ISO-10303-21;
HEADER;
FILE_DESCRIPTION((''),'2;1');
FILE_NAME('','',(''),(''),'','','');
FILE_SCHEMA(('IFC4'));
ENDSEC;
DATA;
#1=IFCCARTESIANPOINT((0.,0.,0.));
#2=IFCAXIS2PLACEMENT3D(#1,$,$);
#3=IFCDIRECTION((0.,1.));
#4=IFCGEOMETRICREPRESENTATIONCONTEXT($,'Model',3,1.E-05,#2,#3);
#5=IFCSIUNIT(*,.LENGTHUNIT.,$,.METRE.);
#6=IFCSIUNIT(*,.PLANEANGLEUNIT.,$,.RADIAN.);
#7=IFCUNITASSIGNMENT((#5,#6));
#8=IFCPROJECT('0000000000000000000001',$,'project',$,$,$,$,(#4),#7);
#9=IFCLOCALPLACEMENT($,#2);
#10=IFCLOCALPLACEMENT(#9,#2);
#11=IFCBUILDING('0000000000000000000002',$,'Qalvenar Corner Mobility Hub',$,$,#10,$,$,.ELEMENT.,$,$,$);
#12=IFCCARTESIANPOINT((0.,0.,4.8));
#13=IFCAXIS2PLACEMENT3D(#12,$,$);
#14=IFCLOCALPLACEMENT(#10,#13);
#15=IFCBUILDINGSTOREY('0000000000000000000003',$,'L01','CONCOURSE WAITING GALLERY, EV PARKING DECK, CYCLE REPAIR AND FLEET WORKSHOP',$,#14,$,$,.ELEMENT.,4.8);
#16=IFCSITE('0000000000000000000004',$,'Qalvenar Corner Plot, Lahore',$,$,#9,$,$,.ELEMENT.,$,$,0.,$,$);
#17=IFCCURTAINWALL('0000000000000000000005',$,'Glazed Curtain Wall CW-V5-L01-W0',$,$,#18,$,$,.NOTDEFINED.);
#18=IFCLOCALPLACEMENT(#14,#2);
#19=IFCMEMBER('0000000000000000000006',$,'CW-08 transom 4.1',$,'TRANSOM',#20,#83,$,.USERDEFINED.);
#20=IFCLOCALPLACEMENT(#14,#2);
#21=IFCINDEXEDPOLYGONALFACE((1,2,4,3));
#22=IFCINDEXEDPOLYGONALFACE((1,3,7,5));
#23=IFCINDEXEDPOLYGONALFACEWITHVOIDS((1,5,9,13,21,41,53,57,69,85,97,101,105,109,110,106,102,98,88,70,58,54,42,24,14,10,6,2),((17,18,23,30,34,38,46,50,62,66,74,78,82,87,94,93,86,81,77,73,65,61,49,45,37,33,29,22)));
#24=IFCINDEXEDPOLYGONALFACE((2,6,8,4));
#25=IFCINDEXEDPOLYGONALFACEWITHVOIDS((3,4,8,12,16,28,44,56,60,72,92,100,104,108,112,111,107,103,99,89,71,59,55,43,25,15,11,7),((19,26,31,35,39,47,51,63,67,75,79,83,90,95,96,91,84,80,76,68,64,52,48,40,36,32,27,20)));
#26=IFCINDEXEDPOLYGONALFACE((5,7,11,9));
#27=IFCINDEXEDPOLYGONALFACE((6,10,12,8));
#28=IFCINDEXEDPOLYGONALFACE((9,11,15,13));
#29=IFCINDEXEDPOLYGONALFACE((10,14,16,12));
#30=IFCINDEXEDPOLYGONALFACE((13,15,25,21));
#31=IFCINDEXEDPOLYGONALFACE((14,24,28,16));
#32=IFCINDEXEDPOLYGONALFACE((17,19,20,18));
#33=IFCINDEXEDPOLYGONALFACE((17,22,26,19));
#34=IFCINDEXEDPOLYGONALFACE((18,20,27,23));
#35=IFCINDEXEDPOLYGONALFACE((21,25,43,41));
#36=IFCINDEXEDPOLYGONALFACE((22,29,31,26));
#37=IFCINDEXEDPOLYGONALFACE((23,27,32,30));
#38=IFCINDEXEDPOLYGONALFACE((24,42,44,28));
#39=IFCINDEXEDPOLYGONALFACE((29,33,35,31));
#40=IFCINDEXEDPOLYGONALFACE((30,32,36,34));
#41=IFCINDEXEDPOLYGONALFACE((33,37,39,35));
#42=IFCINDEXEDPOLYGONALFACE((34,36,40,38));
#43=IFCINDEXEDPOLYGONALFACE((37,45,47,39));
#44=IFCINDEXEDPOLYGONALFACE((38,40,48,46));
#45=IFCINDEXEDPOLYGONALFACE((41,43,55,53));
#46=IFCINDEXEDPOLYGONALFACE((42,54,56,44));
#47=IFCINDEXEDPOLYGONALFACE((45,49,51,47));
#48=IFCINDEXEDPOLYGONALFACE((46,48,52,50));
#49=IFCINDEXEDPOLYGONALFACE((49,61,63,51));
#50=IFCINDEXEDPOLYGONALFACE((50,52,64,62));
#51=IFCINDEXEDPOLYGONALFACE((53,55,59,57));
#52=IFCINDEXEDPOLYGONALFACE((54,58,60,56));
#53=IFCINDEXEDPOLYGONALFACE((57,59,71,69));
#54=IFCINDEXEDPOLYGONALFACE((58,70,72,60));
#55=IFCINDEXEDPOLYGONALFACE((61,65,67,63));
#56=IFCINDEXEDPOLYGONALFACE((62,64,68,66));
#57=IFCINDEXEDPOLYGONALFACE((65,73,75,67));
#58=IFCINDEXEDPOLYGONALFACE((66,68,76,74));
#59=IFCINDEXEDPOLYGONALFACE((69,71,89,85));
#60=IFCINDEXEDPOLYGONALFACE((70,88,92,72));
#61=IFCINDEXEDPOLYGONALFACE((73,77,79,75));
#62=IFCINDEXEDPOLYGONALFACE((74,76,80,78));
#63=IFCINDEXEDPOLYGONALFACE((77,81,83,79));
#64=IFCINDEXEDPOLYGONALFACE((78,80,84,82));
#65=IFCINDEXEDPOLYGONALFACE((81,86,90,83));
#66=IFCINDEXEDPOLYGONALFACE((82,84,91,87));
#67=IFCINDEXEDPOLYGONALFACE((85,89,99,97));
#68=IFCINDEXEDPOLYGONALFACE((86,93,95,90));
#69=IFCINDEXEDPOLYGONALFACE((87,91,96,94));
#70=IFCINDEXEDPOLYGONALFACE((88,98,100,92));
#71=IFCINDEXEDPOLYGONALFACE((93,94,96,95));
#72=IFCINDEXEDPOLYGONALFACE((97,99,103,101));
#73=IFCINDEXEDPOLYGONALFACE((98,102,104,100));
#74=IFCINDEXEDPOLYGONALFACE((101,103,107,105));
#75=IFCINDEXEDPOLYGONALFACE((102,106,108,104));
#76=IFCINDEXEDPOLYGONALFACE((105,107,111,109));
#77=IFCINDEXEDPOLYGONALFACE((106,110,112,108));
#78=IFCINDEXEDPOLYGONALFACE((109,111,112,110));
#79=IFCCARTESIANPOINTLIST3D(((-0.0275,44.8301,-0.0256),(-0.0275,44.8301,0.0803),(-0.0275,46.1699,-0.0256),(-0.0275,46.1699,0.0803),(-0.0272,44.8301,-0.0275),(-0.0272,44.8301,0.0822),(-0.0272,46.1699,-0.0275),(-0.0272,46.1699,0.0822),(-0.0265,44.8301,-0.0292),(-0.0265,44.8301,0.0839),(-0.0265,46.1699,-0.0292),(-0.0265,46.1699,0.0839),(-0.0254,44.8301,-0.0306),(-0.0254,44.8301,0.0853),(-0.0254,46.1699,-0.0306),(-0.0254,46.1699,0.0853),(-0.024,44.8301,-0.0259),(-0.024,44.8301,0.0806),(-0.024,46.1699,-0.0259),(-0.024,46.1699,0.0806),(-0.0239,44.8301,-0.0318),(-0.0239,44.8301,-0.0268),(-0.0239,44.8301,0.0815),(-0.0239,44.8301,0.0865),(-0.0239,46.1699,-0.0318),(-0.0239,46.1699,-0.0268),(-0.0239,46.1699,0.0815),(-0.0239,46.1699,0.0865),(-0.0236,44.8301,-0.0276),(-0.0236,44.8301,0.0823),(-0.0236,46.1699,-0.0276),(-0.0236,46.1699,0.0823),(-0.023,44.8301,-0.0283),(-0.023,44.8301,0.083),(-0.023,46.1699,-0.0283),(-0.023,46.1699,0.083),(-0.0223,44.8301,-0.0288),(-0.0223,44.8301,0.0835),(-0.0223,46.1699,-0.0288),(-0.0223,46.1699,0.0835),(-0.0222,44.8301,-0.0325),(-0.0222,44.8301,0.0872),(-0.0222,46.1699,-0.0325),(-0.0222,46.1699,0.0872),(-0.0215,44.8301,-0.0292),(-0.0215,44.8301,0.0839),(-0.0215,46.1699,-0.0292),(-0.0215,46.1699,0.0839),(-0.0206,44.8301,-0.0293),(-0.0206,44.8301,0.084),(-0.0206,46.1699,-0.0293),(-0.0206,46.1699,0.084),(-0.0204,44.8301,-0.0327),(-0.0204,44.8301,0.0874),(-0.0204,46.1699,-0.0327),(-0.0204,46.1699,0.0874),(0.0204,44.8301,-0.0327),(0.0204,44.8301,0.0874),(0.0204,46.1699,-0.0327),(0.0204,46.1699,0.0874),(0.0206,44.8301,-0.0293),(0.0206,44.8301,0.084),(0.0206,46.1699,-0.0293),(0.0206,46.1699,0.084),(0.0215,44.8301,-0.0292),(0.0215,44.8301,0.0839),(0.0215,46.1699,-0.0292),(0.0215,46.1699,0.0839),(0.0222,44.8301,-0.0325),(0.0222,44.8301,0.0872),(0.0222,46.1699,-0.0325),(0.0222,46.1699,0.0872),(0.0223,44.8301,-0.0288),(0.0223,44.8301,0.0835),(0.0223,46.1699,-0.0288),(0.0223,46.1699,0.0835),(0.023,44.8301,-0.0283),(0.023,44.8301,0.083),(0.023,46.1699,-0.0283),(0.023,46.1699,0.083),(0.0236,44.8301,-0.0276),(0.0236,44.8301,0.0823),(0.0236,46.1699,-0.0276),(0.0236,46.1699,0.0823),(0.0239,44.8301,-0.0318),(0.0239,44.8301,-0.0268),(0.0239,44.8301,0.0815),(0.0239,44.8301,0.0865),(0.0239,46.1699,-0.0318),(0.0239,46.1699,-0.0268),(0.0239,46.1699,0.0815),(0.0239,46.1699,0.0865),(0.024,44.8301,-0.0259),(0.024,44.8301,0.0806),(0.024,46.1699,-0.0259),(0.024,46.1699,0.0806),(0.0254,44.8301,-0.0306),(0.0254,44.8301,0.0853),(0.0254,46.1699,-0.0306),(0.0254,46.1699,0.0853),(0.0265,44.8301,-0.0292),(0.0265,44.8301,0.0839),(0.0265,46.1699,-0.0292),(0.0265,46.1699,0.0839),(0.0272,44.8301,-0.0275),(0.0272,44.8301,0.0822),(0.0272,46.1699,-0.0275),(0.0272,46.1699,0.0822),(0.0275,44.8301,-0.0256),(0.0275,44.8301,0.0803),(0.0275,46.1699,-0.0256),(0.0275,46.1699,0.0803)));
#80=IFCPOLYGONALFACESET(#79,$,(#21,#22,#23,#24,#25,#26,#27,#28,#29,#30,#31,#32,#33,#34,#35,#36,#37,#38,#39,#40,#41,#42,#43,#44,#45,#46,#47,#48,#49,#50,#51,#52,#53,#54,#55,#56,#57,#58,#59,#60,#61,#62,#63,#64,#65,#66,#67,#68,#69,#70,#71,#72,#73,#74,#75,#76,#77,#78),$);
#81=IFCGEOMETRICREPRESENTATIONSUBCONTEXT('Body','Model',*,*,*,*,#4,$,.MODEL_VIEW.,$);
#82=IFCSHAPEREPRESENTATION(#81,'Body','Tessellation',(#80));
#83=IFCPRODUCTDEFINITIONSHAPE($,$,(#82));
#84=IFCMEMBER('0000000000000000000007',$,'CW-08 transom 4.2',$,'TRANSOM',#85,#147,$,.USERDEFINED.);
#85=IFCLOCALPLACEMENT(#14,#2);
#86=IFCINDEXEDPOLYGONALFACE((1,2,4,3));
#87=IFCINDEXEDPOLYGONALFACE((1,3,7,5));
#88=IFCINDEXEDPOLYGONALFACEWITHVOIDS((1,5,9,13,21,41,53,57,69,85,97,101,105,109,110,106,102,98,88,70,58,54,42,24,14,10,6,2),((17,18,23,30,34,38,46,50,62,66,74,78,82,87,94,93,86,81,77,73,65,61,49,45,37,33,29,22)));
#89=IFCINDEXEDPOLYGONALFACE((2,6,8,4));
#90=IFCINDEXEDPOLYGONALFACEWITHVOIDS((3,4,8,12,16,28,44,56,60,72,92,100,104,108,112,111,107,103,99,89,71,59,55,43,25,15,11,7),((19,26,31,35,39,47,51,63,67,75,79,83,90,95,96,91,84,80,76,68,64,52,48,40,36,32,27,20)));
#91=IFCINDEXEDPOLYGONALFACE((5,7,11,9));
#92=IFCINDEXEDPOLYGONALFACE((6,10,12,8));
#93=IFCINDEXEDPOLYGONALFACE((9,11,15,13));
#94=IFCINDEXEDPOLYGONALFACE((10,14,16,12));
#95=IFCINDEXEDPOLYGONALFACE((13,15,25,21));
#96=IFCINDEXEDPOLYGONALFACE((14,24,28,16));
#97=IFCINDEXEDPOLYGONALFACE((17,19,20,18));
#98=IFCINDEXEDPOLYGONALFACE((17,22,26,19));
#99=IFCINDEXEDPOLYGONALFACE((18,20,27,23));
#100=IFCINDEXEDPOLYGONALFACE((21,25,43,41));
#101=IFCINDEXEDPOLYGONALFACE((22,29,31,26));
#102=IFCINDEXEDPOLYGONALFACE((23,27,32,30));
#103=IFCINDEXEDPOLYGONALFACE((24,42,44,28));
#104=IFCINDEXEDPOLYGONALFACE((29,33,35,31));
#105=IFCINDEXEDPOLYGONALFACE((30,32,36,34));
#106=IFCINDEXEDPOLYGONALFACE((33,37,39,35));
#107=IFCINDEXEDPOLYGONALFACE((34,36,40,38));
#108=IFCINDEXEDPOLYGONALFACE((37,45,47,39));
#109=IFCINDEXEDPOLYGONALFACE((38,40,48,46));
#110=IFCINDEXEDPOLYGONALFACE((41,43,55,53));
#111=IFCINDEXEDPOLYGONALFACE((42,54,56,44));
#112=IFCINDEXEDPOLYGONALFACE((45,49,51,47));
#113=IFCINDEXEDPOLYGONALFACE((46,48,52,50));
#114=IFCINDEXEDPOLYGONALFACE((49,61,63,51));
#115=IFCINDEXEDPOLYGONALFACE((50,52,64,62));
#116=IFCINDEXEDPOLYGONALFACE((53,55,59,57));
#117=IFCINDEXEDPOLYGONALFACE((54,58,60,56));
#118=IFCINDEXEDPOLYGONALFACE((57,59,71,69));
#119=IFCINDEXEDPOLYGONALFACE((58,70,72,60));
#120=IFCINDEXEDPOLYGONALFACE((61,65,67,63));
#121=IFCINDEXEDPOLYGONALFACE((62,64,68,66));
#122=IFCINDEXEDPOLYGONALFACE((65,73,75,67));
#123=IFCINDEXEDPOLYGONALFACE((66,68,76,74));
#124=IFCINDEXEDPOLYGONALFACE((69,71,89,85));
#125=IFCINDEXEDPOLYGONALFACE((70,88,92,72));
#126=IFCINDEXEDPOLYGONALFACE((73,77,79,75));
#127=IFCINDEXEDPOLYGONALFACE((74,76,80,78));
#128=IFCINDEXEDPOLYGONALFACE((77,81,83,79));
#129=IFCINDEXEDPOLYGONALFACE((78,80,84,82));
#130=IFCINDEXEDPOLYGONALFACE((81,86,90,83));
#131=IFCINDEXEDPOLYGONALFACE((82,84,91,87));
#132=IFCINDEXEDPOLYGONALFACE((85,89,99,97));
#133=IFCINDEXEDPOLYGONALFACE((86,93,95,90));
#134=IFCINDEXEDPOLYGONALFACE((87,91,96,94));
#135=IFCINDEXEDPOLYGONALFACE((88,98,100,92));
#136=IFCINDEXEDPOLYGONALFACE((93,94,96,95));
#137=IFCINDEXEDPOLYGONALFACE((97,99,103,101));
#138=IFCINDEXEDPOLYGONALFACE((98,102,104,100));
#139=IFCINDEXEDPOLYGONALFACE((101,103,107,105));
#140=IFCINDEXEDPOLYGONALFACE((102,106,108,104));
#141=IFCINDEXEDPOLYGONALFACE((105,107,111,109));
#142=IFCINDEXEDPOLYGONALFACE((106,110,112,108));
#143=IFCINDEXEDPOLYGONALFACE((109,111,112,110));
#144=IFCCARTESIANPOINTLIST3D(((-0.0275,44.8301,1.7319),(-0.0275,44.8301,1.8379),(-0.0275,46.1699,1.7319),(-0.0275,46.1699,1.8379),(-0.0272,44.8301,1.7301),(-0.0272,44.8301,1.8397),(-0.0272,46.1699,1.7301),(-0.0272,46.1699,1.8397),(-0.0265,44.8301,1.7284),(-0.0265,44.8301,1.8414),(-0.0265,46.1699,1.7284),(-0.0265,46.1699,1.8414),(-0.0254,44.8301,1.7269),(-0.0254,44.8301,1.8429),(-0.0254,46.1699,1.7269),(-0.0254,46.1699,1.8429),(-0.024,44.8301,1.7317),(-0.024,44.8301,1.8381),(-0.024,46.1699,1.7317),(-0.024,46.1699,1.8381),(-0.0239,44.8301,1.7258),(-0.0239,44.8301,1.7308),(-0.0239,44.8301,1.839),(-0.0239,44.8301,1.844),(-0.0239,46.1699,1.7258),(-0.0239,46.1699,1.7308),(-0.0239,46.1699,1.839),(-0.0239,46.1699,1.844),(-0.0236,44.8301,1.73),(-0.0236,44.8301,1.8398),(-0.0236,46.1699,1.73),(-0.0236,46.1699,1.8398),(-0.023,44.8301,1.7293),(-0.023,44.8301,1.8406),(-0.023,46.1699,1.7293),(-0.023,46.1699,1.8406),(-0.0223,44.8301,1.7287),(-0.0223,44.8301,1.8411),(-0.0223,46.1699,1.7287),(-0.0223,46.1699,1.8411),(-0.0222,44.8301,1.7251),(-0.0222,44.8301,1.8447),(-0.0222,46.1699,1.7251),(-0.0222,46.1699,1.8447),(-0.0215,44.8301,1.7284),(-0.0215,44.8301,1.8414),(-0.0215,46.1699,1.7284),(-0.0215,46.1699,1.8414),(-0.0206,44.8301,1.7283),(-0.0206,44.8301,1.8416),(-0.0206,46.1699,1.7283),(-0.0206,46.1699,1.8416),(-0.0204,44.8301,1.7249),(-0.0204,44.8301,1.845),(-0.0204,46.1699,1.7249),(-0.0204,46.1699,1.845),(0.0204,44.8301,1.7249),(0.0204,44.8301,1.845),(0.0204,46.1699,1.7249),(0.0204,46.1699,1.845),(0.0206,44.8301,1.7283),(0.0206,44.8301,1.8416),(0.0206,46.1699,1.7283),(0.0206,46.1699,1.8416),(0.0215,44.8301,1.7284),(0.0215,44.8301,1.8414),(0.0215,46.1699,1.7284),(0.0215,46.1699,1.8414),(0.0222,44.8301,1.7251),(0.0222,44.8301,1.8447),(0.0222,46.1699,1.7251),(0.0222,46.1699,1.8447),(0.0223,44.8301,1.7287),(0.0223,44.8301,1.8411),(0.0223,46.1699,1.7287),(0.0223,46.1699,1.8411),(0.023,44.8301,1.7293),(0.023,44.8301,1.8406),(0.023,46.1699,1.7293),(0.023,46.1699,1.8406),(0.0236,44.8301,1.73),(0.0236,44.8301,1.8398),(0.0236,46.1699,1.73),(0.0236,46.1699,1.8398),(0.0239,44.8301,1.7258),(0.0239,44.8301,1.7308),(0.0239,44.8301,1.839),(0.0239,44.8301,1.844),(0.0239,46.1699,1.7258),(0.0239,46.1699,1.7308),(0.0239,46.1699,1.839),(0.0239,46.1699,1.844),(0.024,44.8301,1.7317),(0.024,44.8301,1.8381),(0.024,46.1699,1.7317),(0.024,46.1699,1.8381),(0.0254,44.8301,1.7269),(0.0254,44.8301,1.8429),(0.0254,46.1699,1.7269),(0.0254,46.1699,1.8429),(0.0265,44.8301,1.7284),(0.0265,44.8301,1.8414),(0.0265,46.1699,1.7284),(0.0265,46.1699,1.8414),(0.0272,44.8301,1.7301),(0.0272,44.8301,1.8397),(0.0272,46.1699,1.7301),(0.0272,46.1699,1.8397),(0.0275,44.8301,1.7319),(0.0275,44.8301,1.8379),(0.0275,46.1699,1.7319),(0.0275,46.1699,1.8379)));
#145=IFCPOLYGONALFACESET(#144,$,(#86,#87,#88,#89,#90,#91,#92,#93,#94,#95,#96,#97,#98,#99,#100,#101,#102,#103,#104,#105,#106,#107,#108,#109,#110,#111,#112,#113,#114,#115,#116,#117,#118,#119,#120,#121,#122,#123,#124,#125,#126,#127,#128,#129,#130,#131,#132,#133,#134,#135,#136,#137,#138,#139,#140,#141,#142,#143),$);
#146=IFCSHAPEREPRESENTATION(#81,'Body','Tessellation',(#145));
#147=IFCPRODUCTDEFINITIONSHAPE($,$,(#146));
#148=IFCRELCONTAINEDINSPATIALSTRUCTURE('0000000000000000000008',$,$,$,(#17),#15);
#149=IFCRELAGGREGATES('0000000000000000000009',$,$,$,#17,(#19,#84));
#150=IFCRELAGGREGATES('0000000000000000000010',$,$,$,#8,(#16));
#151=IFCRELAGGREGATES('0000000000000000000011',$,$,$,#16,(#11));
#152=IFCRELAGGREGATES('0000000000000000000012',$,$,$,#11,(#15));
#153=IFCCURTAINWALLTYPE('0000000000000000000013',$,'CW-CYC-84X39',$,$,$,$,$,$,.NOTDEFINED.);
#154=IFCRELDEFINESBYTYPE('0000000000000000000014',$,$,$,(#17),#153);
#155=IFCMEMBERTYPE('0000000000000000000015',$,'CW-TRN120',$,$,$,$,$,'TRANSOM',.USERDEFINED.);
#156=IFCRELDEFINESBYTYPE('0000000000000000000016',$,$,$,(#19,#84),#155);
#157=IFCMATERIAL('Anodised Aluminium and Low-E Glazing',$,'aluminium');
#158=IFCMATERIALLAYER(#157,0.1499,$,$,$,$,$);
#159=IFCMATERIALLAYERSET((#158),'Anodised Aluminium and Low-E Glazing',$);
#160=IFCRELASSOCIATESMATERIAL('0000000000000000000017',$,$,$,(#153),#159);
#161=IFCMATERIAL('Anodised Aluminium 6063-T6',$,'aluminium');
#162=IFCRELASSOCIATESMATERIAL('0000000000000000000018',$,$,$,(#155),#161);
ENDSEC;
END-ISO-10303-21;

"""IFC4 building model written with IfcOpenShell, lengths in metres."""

from ifc_helpers import new_model, si_unit, direction, frame, origin, origin_2d, place, context, subcontext, project, spatial, hollow_rectangle, extrude, material, layer, layer_set, material_profile, profile_set, type_object, element, aggregate, save


model = new_model("IFC4")

# Units and contexts
model_context = context("Model", 3, precision=1e-05, world=origin(), true_north=direction((0.0, 1.0)))
body_context = subcontext(model_context, "Body", "Model", "MODEL_VIEW")
ifc_project = project(units=[si_unit("LENGTHUNIT", "METRE"), si_unit("PLANEANGLEUNIT", "RADIAN")], contexts=[model_context])

# Site, building, storey
site_placement = place(None, origin())
site = spatial("IfcSite", under=ifc_project, at=site_placement, Name="Qalvenar Corner Plot, Lahore", CompositionType="ELEMENT", RefElevation=0.0)
building_placement = place(site_placement, origin())
building = spatial("IfcBuilding", under=site, at=building_placement, Name="Qalvenar Corner Mobility Hub", CompositionType="ELEMENT")
storey_placement = place(building_placement, frame((0.0, 0.0, 4.8)))
storey = spatial("IfcBuildingStorey", under=building, at=storey_placement, Name="L01", Description="CONCOURSE WAITING GALLERY, EV PARKING DECK, CYCLE REPAIR AND FLEET WORKSHOP", CompositionType="ELEMENT", Elevation=4.8)

# Curtain wall, members
ifc_material_1 = material(Name="Anodised Aluminium and Low-E Glazing", Category="aluminium")
ifc_layer_1 = layer(ifc_material_1, 0.1499)
ifc_layer_set_1 = layer_set([ifc_layer_1], Name="Anodised Aluminium and Low-E Glazing")
curtain_wall_type = type_object("IfcCurtainWallType", Name="CW-CYC-84X39", PredefinedType="NOTDEFINED", material=ifc_layer_set_1)
curtain_wall_placement = place(storey_placement, origin())
curtain_wall = element("IfcCurtainWall", 1, at=curtain_wall_placement, inside=storey, type_object=curtain_wall_type, Name="Glazed Curtain Wall CW-V5-L01-W0", PredefinedType="NOTDEFINED")
ifc_material_2 = material(Name="Anodised Aluminium 6063-T6", Category="aluminium")
ifc_material_profile_1 = material_profile(ifc_material_2, hollow_rectangle(XDim=0.0549, YDim=0.1201, WallThickness=0.0034, InnerFilletRadius=0.0034, OuterFilletRadius=0.0071, at=origin_2d()), Name="RHS120x55x3.5")
ifc_profile_set_1 = profile_set([ifc_material_profile_1], Name="Anodised Aluminium 6063-T6")
member_type_1 = type_object("IfcMemberType", Name="CW-TRN120", ElementType="TRANSOM", PredefinedType="USERDEFINED", material=ifc_profile_set_1)
member_1_placement = place(storey_placement, frame((0.0, 46.1699, 0.0273), z_axis=(0.0, -1.0, 0.0), x_axis=(1.0, 0.0, 0.0)))
member_1 = element("IfcMember", 2, at=member_1_placement, type_object=member_type_1, Name="CW-08 transom 4.1", ObjectType="TRANSOM", PredefinedType="USERDEFINED", context=body_context, shape_type="SweptSolid", body=[
    extrude(hollow_rectangle(XDim=0.0549, YDim=0.1201, WallThickness=0.0034, InnerFilletRadius=0.0034, OuterFilletRadius=0.0071, at=origin_2d()), origin(), (0.0, 0.0, 1.0), 1.3398),
])
member_2_placement = place(storey_placement, frame((0.0, 46.1699, 1.7849), z_axis=(0.0, -1.0, 0.0), x_axis=(1.0, 0.0, 0.0)))
member_2 = element("IfcMember", 3, at=member_2_placement, type_object=member_type_1, Name="CW-08 transom 4.2", ObjectType="TRANSOM", PredefinedType="USERDEFINED", context=body_context, shape_type="SweptSolid", body=[
    extrude(hollow_rectangle(XDim=0.0549, YDim=0.1201, WallThickness=0.0034, InnerFilletRadius=0.0034, OuterFilletRadius=0.0071, at=origin_2d()), origin(), (0.0, 0.0, 1.0), 1.3398),
])
aggregate(curtain_wall, [member_1, member_2])

save(model, "model.ifc")
